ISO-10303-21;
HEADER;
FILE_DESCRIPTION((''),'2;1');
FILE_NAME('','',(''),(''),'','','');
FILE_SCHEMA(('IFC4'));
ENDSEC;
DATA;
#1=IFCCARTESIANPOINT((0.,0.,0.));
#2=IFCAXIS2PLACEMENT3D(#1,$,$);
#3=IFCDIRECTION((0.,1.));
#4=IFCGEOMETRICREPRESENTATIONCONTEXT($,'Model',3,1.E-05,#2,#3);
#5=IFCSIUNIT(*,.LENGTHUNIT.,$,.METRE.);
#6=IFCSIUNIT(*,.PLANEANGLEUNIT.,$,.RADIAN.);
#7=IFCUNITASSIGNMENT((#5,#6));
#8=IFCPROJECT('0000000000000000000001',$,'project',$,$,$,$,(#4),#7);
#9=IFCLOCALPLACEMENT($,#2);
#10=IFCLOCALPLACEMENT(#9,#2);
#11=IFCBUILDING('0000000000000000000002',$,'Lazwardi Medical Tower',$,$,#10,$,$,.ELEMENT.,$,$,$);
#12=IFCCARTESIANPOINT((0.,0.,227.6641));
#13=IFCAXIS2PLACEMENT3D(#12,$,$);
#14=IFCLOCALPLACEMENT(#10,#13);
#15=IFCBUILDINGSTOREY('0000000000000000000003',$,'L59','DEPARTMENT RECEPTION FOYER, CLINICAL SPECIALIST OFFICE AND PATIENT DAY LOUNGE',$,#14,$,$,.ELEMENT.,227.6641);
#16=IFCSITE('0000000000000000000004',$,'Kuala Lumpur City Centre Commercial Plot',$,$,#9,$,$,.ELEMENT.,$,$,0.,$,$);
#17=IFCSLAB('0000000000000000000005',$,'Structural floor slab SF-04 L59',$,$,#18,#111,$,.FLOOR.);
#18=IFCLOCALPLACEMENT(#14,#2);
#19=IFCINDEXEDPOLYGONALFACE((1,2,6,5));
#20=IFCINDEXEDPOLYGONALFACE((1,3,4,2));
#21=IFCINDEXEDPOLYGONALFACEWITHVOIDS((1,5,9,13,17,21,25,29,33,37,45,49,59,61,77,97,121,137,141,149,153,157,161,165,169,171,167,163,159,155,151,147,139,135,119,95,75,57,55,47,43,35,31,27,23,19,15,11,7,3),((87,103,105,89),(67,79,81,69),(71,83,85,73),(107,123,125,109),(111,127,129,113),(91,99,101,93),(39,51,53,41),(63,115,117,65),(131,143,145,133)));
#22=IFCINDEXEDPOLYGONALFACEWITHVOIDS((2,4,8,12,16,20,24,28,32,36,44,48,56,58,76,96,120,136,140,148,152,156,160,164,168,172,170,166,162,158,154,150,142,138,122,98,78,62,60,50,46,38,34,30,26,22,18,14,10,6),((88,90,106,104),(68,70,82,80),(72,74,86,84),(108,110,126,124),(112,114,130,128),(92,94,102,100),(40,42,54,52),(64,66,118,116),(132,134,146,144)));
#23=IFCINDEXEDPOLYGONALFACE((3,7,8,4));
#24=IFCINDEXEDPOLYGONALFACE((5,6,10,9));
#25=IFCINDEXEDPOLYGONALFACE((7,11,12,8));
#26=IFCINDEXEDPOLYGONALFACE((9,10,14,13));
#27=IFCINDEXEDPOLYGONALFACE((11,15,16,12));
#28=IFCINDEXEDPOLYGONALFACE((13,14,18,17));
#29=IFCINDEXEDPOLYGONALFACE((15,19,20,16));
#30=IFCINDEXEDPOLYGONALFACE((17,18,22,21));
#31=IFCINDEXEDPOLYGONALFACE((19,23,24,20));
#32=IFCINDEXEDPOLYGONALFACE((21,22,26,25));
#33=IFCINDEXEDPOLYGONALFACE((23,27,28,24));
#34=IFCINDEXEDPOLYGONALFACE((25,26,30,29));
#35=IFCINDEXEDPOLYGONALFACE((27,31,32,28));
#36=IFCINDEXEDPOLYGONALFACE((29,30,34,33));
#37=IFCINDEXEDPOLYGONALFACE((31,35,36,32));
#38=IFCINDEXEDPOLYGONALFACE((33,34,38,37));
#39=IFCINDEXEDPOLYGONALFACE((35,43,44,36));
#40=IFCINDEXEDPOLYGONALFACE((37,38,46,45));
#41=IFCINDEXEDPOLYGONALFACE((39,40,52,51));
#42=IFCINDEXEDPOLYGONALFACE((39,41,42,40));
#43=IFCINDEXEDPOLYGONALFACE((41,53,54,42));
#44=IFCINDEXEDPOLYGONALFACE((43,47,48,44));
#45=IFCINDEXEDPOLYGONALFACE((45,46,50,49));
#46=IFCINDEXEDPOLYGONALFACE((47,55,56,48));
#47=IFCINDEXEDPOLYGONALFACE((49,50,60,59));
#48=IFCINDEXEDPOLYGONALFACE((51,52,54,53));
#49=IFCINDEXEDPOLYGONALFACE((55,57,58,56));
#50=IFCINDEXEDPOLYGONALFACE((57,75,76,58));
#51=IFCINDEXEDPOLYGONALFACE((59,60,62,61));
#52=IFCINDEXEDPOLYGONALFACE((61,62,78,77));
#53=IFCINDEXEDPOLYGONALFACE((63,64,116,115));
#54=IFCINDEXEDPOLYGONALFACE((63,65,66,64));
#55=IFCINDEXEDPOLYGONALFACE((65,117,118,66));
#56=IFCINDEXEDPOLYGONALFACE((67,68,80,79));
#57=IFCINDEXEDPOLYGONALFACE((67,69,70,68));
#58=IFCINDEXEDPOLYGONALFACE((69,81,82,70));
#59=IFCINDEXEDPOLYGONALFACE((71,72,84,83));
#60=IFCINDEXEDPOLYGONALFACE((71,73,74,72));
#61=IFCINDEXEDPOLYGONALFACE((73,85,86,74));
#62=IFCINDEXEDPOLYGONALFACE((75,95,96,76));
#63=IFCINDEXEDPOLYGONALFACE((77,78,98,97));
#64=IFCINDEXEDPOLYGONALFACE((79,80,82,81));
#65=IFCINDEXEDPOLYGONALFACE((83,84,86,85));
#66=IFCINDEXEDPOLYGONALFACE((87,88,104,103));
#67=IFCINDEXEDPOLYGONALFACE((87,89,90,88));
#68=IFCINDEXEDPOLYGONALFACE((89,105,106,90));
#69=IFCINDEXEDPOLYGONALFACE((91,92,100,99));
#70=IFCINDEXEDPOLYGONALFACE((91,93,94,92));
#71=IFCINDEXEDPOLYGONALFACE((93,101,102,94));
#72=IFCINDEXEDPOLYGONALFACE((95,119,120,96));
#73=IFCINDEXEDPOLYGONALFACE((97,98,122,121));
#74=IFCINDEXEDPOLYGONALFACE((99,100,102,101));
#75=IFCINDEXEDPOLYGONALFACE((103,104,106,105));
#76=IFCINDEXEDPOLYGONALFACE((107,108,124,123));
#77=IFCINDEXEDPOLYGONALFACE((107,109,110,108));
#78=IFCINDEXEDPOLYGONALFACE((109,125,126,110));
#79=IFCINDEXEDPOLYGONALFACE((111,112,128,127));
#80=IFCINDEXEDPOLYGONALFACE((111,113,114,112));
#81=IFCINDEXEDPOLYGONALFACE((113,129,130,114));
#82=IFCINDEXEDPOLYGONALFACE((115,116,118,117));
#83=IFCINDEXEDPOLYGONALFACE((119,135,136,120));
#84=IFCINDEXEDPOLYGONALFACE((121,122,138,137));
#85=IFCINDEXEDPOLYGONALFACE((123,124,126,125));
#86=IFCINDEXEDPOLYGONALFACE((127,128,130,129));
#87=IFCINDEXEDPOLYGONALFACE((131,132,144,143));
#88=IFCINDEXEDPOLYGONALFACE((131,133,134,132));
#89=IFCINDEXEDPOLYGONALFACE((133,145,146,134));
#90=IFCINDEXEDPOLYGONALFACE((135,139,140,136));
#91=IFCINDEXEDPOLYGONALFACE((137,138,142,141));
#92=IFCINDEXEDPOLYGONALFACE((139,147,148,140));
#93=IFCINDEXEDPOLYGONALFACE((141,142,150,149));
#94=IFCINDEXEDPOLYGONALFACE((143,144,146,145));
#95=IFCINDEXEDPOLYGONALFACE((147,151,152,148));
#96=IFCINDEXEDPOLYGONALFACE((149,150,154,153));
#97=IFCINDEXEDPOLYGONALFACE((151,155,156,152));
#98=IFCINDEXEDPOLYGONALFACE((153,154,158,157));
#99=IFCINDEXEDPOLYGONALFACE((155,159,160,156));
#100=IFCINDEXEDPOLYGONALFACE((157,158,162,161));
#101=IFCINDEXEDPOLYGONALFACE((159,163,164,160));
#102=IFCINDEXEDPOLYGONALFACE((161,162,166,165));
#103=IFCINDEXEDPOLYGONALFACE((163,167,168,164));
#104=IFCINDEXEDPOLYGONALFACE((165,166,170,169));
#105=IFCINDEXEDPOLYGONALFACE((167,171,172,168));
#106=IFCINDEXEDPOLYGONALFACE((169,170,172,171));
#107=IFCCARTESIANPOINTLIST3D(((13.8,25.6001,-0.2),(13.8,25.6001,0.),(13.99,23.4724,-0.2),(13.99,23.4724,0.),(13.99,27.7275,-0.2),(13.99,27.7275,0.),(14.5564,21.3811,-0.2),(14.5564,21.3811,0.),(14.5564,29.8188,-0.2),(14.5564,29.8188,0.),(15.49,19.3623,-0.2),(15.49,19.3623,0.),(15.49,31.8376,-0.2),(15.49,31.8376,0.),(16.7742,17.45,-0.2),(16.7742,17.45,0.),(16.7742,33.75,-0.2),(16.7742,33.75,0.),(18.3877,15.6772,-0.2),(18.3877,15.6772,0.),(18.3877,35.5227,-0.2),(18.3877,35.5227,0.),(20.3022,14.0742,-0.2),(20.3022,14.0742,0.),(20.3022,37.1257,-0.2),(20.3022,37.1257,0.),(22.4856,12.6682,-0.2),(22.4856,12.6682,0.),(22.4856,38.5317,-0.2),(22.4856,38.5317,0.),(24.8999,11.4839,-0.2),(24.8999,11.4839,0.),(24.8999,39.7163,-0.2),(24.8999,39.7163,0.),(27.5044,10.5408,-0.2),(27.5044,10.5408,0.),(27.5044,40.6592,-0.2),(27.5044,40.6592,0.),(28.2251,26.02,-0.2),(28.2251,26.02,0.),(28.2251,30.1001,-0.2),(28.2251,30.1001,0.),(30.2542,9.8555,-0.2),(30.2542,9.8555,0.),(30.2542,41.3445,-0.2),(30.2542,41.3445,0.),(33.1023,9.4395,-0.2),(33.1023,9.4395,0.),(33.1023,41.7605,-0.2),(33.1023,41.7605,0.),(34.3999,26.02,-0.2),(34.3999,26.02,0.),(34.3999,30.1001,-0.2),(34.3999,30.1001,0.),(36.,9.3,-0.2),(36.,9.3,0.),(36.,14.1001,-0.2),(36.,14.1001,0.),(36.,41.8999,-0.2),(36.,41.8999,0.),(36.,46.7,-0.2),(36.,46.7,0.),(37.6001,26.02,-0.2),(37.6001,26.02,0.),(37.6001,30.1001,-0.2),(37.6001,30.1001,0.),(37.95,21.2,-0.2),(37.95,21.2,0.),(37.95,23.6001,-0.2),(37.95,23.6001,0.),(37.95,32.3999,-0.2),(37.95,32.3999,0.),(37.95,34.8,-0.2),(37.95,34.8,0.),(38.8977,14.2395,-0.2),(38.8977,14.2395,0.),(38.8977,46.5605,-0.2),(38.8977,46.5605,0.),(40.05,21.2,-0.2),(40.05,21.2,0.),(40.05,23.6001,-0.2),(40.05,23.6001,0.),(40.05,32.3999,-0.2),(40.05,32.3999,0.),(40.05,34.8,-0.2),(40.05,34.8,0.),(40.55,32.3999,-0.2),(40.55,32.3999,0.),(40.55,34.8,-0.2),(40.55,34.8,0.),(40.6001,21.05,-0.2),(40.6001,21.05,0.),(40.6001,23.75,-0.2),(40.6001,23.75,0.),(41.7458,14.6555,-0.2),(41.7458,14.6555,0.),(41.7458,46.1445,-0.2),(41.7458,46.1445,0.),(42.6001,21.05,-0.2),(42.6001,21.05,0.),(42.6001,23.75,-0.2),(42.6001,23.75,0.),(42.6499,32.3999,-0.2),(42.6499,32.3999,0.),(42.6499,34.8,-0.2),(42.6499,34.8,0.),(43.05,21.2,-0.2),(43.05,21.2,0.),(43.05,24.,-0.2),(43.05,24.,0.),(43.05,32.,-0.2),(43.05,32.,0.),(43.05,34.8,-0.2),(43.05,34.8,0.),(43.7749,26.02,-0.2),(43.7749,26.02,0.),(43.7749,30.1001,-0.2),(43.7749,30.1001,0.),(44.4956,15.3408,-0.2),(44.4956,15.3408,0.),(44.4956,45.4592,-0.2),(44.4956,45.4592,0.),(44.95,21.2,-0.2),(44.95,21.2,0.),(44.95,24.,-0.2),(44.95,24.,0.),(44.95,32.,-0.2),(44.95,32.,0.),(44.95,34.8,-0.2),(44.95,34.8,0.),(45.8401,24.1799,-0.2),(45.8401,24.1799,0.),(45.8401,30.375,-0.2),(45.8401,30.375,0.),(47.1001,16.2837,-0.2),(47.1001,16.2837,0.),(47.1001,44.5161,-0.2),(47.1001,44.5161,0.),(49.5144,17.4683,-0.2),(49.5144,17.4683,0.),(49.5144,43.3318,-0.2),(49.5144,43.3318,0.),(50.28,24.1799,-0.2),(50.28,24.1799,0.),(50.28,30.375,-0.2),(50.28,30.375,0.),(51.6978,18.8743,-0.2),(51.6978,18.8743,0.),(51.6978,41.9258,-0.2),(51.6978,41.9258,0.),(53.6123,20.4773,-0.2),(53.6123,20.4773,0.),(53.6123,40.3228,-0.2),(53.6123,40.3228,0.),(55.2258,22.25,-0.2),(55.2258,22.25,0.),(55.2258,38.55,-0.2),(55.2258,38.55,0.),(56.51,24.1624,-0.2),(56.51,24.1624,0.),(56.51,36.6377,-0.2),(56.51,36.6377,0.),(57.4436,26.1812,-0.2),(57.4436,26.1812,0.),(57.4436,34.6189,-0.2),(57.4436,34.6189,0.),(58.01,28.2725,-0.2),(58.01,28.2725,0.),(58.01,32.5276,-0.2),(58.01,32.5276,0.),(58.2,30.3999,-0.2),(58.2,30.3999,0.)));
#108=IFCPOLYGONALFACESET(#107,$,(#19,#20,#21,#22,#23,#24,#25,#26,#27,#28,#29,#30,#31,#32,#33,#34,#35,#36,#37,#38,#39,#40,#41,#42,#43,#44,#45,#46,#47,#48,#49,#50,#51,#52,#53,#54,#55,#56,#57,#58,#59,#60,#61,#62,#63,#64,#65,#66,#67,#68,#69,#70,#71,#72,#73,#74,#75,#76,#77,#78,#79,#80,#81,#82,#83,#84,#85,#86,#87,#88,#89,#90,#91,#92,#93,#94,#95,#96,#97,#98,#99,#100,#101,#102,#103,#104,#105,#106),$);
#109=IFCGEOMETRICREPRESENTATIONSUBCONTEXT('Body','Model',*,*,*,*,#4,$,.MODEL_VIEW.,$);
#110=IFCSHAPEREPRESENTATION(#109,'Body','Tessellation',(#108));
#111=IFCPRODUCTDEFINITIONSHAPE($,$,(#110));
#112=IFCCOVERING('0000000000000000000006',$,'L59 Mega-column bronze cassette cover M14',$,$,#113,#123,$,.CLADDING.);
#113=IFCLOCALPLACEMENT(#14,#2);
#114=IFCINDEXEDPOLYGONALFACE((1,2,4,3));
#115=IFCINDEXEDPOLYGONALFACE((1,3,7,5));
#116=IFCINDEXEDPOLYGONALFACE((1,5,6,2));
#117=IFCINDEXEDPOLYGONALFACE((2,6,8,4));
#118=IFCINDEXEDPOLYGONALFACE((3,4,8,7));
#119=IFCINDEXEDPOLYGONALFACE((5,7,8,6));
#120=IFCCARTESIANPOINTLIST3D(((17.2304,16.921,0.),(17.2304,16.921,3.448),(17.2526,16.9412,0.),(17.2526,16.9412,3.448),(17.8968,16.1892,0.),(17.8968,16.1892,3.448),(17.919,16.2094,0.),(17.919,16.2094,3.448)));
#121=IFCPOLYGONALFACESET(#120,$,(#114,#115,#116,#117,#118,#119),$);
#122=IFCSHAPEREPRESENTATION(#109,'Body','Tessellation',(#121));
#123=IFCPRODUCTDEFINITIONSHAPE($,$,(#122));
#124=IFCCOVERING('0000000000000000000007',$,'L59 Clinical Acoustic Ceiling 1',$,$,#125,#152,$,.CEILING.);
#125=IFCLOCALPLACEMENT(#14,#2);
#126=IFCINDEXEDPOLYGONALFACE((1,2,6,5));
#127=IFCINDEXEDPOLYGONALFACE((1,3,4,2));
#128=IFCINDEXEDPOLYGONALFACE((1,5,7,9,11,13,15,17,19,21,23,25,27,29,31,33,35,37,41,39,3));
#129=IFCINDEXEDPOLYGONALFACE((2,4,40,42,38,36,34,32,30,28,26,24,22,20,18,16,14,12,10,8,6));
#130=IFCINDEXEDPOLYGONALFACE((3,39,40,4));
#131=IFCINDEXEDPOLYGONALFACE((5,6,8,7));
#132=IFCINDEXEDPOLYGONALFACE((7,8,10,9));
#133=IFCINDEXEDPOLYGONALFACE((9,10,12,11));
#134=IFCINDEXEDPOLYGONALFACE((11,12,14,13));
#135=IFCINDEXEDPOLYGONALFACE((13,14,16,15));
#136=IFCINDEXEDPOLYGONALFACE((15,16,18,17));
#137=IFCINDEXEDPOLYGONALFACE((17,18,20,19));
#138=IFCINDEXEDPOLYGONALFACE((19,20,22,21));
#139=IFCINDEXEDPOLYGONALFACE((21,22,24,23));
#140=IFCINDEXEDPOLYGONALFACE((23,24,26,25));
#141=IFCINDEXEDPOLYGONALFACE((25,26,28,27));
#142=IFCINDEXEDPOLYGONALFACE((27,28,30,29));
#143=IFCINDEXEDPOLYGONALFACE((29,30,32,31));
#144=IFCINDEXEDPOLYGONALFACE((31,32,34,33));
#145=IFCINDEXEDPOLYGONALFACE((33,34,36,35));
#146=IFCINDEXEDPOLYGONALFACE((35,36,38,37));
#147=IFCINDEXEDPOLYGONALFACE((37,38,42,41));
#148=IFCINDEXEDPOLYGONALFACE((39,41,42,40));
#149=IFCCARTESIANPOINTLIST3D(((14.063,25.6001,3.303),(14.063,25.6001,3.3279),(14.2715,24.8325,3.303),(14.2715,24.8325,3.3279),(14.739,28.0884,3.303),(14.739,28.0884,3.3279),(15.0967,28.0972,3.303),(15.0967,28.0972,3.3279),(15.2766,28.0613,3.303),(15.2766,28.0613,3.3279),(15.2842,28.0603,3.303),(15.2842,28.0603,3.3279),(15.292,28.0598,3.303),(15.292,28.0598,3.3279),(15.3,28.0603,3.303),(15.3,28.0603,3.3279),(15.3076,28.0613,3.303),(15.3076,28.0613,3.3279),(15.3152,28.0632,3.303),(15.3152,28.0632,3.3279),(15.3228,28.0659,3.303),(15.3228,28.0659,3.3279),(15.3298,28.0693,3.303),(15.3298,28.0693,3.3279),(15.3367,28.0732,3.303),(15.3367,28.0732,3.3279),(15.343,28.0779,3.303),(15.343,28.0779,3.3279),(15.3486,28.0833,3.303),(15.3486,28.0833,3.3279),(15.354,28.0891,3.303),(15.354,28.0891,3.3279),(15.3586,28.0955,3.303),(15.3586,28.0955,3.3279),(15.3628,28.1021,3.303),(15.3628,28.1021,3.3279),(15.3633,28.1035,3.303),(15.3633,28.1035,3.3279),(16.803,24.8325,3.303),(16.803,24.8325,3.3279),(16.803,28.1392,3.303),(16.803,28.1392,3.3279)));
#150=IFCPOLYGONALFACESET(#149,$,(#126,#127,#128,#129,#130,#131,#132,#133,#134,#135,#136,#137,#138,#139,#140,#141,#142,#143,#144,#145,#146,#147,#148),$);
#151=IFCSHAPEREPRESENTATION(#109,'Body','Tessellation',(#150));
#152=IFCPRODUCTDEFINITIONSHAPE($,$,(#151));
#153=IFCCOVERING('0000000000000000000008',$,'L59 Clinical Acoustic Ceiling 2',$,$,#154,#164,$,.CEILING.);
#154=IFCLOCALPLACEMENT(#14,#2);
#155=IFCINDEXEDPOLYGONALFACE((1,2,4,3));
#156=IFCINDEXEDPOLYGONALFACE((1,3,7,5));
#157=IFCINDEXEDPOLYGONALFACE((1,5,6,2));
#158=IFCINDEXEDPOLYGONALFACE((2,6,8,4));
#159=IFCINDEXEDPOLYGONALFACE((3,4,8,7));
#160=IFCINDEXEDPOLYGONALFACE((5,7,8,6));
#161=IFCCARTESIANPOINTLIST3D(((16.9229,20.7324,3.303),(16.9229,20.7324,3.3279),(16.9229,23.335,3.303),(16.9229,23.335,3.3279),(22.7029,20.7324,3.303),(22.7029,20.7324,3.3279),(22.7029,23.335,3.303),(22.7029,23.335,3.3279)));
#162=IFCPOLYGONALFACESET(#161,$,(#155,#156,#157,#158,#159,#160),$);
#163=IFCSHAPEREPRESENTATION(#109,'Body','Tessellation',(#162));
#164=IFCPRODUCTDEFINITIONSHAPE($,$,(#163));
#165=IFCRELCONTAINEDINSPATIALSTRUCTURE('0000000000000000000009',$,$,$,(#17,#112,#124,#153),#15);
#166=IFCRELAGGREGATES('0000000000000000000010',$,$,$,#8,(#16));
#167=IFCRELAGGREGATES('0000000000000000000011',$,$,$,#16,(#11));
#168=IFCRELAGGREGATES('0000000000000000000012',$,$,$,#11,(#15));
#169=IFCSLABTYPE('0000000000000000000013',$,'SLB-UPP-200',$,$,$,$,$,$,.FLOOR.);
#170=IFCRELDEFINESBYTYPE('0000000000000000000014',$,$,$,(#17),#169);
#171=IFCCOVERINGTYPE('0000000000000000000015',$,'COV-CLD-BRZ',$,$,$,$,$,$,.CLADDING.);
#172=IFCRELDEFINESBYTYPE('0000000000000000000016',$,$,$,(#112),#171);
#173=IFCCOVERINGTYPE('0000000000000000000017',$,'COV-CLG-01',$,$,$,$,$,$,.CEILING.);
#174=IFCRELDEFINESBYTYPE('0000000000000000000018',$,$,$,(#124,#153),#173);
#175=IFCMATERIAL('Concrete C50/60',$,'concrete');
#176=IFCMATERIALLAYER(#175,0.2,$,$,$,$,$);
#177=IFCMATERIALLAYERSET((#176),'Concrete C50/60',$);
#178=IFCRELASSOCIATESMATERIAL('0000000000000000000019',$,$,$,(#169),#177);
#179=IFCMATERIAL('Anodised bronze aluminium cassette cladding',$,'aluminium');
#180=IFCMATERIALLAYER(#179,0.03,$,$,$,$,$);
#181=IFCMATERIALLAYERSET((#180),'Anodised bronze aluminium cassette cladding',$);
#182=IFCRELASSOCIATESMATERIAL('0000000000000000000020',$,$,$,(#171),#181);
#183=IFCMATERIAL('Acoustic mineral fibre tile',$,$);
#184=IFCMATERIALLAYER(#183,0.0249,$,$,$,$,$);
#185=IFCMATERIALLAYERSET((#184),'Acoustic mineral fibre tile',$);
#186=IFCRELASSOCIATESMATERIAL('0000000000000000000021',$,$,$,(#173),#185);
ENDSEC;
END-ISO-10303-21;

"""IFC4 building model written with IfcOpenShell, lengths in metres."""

from ifc_helpers import new_model, si_unit, direction, frame, origin, origin_2d, place, context, subcontext, project, spatial, polyline, rectangle, outline, extrude, material, layer, layer_set, type_object, element, save


model = new_model("IFC4")

# Units and contexts
model_context = context("Model", 3, precision=1e-05, world=origin(), true_north=direction((0.0, 1.0)))
body_context = subcontext(model_context, "Body", "Model", "MODEL_VIEW")
ifc_project = project(units=[si_unit("LENGTHUNIT", "METRE"), si_unit("PLANEANGLEUNIT", "RADIAN")], contexts=[model_context])

# Site, building, storey
site_placement = place(None, origin())
site = spatial("IfcSite", under=ifc_project, at=site_placement, Name="Kuala Lumpur City Centre Commercial Plot", CompositionType="ELEMENT", RefElevation=0.0)
building_placement = place(site_placement, origin())
building = spatial("IfcBuilding", under=site, at=building_placement, Name="Lazwardi Medical Tower", CompositionType="ELEMENT")
storey_placement = place(building_placement, frame((0.0, 0.0, 227.6641)))
storey = spatial("IfcBuildingStorey", under=building, at=storey_placement, Name="L59", Description="DEPARTMENT RECEPTION FOYER, CLINICAL SPECIALIST OFFICE AND PATIENT DAY LOUNGE", CompositionType="ELEMENT", Elevation=227.6641)

# Slab
ifc_material_1 = material(Name="Concrete C50/60", Category="concrete")
ifc_layer_1 = layer(ifc_material_1, 0.2)
ifc_layer_set_1 = layer_set([ifc_layer_1], Name="Concrete C50/60")
slab_type_1 = type_object("IfcSlabType", Name="SLB-UPP-200", PredefinedType="FLOOR", material=ifc_layer_set_1)
slab_1_placement = place(storey_placement, frame((0.0, 0.0, -0.2)))
element("IfcSlab", 1, at=slab_1_placement, inside=storey, type_object=slab_type_1, Name="Structural floor slab SF-04 L59", PredefinedType="FLOOR", context=body_context, shape_type="SweptSolid", body=[
    extrude(outline(polyline([(18.3877, 15.6772), (20.3022, 14.0742), (22.4856, 12.6682), (24.8999, 11.4839), (27.5044, 10.5408), (30.2542, 9.8555), (33.1023, 9.4395), (36.0, 9.3), (36.0, 14.1001), (38.8977, 14.2395), (41.7458, 14.6555), (44.4956, 15.3408), (47.1001, 16.2837), (49.5144, 17.4683), (51.6978, 18.8743), (53.6123, 20.4773), (55.2258, 22.25), (56.51, 24.1624), (57.4436, 26.1812), (58.01, 28.2725), (58.2, 30.3999), (58.01, 32.5276), (57.4436, 34.6189), (56.51, 36.6377), (55.2258, 38.55), (53.6123, 40.3228), (51.6978, 41.9258), (49.5144, 43.3318), (47.1001, 44.5161), (44.4956, 45.4592), (41.7458, 46.1445), (38.8977, 46.5605), (36.0, 46.7), (36.0, 41.8999), (33.1023, 41.7605), (30.2542, 41.3445), (27.5044, 40.6592), (24.8999, 39.7163), (22.4856, 38.5317), (20.3022, 37.1257), (18.3877, 35.5227), (16.7742, 33.75), (15.49, 31.8376), (14.5564, 29.8188), (13.99, 27.7275), (13.8, 25.6001), (13.99, 23.4724), (14.5564, 21.3811), (15.49, 19.3623), (16.7742, 17.45), (18.3877, 15.6772)]), holes=[polyline([(28.2251, 26.02), (28.2251, 30.1001), (34.3999, 30.1001), (34.3999, 26.02), (28.2251, 26.02)]), polyline([(37.6001, 30.1001), (43.7749, 30.1001), (43.7749, 26.02), (37.6001, 26.02), (37.6001, 30.1001)]), polyline([(50.28, 30.375), (50.28, 24.1799), (45.8401, 24.1799), (45.8401, 30.375), (50.28, 30.375)]), polyline([(40.05, 32.3999), (37.95, 32.3999), (37.95, 34.8), (40.05, 34.8), (40.05, 32.3999)]), polyline([(40.55, 32.3999), (40.55, 34.8), (42.6499, 34.8), (42.6499, 32.3999), (40.55, 32.3999)]), polyline([(37.95, 23.6001), (40.05, 23.6001), (40.05, 21.2), (37.95, 21.2), (37.95, 23.6001)]), polyline([(44.95, 34.8), (44.95, 32.0), (43.05, 32.0), (43.05, 34.8), (44.95, 34.8)]), polyline([(44.95, 21.2), (43.05, 21.2), (43.05, 24.0), (44.95, 24.0), (44.95, 21.2)]), polyline([(40.6001, 21.05), (40.6001, 23.75), (42.6001, 23.75), (42.6001, 21.05), (40.6001, 21.05)])]), origin(), (0.0, 0.0, 1.0), 0.2),
])

# Coverings
ifc_material_2 = material(Name="Anodised bronze aluminium cassette cladding", Category="aluminium")
ifc_layer_2 = layer(ifc_material_2, 0.03)
ifc_layer_set_2 = layer_set([ifc_layer_2], Name="Anodised bronze aluminium cassette cladding")
covering_type_1 = type_object("IfcCoveringType", Name="COV-CLD-BRZ", PredefinedType="CLADDING", material=ifc_layer_set_2)
covering_1_placement = place(storey_placement, frame((17.5747, 16.5652, 0.0), z_axis=(0.0, 0.0, 1.0), x_axis=(0.673241, -0.739423, 0.0)))
element("IfcCovering", 2, at=covering_1_placement, inside=storey, type_object=covering_type_1, Name="L59 Mega-column bronze cassette cover M14", PredefinedType="CLADDING", context=body_context, shape_type="SweptSolid", body=[
    extrude(rectangle(XDim=0.9897, YDim=0.03, at=origin_2d()), origin(), (0.0, 0.0, 1.0), 3.448),
])
ifc_material_3 = material(Name="Acoustic mineral fibre tile")
ifc_layer_3 = layer(ifc_material_3, 0.0249)
ifc_layer_set_3 = layer_set([ifc_layer_3], Name="Acoustic mineral fibre tile")
covering_type_2 = type_object("IfcCoveringType", Name="COV-CLG-01", PredefinedType="CEILING", material=ifc_layer_set_3)
covering_2_placement = place(storey_placement, frame((0.0, 0.0, 3.303)))
element("IfcCovering", 3, at=covering_2_placement, inside=storey, type_object=covering_type_2, Name="L59 Clinical Acoustic Ceiling 1", PredefinedType="CEILING", context=body_context, shape_type="SweptSolid", body=[
    extrude(outline(polyline([(16.803, 28.1392), (15.3633, 28.1035), (15.3628, 28.1021), (15.3586, 28.0955), (15.354, 28.0891), (15.3486, 28.0833), (15.343, 28.0779), (15.3367, 28.0732), (15.3298, 28.0693), (15.3228, 28.0659), (15.3152, 28.0632), (15.3076, 28.0613), (15.3, 28.0603), (15.292, 28.0598), (15.2842, 28.0603), (15.2766, 28.0613), (15.0967, 28.0972), (14.739, 28.0884), (14.063, 25.6001), (14.2715, 24.8325), (16.803, 24.8325), (16.803, 28.1392)])), origin(), (0.0, 0.0, 1.0), 0.0249),
])
covering_3_placement = place(storey_placement, frame((0.0, 0.0, 3.303)))
element("IfcCovering", 4, at=covering_3_placement, inside=storey, type_object=covering_type_2, Name="L59 Clinical Acoustic Ceiling 2", PredefinedType="CEILING", context=body_context, shape_type="SweptSolid", body=[
    extrude(outline(polyline([(22.7029, 23.335), (16.9229, 23.335), (16.9229, 20.7324), (22.7029, 20.7324), (22.7029, 23.335)])), origin(), (0.0, 0.0, 1.0), 0.0249),
])

save(model, "model.ifc")
